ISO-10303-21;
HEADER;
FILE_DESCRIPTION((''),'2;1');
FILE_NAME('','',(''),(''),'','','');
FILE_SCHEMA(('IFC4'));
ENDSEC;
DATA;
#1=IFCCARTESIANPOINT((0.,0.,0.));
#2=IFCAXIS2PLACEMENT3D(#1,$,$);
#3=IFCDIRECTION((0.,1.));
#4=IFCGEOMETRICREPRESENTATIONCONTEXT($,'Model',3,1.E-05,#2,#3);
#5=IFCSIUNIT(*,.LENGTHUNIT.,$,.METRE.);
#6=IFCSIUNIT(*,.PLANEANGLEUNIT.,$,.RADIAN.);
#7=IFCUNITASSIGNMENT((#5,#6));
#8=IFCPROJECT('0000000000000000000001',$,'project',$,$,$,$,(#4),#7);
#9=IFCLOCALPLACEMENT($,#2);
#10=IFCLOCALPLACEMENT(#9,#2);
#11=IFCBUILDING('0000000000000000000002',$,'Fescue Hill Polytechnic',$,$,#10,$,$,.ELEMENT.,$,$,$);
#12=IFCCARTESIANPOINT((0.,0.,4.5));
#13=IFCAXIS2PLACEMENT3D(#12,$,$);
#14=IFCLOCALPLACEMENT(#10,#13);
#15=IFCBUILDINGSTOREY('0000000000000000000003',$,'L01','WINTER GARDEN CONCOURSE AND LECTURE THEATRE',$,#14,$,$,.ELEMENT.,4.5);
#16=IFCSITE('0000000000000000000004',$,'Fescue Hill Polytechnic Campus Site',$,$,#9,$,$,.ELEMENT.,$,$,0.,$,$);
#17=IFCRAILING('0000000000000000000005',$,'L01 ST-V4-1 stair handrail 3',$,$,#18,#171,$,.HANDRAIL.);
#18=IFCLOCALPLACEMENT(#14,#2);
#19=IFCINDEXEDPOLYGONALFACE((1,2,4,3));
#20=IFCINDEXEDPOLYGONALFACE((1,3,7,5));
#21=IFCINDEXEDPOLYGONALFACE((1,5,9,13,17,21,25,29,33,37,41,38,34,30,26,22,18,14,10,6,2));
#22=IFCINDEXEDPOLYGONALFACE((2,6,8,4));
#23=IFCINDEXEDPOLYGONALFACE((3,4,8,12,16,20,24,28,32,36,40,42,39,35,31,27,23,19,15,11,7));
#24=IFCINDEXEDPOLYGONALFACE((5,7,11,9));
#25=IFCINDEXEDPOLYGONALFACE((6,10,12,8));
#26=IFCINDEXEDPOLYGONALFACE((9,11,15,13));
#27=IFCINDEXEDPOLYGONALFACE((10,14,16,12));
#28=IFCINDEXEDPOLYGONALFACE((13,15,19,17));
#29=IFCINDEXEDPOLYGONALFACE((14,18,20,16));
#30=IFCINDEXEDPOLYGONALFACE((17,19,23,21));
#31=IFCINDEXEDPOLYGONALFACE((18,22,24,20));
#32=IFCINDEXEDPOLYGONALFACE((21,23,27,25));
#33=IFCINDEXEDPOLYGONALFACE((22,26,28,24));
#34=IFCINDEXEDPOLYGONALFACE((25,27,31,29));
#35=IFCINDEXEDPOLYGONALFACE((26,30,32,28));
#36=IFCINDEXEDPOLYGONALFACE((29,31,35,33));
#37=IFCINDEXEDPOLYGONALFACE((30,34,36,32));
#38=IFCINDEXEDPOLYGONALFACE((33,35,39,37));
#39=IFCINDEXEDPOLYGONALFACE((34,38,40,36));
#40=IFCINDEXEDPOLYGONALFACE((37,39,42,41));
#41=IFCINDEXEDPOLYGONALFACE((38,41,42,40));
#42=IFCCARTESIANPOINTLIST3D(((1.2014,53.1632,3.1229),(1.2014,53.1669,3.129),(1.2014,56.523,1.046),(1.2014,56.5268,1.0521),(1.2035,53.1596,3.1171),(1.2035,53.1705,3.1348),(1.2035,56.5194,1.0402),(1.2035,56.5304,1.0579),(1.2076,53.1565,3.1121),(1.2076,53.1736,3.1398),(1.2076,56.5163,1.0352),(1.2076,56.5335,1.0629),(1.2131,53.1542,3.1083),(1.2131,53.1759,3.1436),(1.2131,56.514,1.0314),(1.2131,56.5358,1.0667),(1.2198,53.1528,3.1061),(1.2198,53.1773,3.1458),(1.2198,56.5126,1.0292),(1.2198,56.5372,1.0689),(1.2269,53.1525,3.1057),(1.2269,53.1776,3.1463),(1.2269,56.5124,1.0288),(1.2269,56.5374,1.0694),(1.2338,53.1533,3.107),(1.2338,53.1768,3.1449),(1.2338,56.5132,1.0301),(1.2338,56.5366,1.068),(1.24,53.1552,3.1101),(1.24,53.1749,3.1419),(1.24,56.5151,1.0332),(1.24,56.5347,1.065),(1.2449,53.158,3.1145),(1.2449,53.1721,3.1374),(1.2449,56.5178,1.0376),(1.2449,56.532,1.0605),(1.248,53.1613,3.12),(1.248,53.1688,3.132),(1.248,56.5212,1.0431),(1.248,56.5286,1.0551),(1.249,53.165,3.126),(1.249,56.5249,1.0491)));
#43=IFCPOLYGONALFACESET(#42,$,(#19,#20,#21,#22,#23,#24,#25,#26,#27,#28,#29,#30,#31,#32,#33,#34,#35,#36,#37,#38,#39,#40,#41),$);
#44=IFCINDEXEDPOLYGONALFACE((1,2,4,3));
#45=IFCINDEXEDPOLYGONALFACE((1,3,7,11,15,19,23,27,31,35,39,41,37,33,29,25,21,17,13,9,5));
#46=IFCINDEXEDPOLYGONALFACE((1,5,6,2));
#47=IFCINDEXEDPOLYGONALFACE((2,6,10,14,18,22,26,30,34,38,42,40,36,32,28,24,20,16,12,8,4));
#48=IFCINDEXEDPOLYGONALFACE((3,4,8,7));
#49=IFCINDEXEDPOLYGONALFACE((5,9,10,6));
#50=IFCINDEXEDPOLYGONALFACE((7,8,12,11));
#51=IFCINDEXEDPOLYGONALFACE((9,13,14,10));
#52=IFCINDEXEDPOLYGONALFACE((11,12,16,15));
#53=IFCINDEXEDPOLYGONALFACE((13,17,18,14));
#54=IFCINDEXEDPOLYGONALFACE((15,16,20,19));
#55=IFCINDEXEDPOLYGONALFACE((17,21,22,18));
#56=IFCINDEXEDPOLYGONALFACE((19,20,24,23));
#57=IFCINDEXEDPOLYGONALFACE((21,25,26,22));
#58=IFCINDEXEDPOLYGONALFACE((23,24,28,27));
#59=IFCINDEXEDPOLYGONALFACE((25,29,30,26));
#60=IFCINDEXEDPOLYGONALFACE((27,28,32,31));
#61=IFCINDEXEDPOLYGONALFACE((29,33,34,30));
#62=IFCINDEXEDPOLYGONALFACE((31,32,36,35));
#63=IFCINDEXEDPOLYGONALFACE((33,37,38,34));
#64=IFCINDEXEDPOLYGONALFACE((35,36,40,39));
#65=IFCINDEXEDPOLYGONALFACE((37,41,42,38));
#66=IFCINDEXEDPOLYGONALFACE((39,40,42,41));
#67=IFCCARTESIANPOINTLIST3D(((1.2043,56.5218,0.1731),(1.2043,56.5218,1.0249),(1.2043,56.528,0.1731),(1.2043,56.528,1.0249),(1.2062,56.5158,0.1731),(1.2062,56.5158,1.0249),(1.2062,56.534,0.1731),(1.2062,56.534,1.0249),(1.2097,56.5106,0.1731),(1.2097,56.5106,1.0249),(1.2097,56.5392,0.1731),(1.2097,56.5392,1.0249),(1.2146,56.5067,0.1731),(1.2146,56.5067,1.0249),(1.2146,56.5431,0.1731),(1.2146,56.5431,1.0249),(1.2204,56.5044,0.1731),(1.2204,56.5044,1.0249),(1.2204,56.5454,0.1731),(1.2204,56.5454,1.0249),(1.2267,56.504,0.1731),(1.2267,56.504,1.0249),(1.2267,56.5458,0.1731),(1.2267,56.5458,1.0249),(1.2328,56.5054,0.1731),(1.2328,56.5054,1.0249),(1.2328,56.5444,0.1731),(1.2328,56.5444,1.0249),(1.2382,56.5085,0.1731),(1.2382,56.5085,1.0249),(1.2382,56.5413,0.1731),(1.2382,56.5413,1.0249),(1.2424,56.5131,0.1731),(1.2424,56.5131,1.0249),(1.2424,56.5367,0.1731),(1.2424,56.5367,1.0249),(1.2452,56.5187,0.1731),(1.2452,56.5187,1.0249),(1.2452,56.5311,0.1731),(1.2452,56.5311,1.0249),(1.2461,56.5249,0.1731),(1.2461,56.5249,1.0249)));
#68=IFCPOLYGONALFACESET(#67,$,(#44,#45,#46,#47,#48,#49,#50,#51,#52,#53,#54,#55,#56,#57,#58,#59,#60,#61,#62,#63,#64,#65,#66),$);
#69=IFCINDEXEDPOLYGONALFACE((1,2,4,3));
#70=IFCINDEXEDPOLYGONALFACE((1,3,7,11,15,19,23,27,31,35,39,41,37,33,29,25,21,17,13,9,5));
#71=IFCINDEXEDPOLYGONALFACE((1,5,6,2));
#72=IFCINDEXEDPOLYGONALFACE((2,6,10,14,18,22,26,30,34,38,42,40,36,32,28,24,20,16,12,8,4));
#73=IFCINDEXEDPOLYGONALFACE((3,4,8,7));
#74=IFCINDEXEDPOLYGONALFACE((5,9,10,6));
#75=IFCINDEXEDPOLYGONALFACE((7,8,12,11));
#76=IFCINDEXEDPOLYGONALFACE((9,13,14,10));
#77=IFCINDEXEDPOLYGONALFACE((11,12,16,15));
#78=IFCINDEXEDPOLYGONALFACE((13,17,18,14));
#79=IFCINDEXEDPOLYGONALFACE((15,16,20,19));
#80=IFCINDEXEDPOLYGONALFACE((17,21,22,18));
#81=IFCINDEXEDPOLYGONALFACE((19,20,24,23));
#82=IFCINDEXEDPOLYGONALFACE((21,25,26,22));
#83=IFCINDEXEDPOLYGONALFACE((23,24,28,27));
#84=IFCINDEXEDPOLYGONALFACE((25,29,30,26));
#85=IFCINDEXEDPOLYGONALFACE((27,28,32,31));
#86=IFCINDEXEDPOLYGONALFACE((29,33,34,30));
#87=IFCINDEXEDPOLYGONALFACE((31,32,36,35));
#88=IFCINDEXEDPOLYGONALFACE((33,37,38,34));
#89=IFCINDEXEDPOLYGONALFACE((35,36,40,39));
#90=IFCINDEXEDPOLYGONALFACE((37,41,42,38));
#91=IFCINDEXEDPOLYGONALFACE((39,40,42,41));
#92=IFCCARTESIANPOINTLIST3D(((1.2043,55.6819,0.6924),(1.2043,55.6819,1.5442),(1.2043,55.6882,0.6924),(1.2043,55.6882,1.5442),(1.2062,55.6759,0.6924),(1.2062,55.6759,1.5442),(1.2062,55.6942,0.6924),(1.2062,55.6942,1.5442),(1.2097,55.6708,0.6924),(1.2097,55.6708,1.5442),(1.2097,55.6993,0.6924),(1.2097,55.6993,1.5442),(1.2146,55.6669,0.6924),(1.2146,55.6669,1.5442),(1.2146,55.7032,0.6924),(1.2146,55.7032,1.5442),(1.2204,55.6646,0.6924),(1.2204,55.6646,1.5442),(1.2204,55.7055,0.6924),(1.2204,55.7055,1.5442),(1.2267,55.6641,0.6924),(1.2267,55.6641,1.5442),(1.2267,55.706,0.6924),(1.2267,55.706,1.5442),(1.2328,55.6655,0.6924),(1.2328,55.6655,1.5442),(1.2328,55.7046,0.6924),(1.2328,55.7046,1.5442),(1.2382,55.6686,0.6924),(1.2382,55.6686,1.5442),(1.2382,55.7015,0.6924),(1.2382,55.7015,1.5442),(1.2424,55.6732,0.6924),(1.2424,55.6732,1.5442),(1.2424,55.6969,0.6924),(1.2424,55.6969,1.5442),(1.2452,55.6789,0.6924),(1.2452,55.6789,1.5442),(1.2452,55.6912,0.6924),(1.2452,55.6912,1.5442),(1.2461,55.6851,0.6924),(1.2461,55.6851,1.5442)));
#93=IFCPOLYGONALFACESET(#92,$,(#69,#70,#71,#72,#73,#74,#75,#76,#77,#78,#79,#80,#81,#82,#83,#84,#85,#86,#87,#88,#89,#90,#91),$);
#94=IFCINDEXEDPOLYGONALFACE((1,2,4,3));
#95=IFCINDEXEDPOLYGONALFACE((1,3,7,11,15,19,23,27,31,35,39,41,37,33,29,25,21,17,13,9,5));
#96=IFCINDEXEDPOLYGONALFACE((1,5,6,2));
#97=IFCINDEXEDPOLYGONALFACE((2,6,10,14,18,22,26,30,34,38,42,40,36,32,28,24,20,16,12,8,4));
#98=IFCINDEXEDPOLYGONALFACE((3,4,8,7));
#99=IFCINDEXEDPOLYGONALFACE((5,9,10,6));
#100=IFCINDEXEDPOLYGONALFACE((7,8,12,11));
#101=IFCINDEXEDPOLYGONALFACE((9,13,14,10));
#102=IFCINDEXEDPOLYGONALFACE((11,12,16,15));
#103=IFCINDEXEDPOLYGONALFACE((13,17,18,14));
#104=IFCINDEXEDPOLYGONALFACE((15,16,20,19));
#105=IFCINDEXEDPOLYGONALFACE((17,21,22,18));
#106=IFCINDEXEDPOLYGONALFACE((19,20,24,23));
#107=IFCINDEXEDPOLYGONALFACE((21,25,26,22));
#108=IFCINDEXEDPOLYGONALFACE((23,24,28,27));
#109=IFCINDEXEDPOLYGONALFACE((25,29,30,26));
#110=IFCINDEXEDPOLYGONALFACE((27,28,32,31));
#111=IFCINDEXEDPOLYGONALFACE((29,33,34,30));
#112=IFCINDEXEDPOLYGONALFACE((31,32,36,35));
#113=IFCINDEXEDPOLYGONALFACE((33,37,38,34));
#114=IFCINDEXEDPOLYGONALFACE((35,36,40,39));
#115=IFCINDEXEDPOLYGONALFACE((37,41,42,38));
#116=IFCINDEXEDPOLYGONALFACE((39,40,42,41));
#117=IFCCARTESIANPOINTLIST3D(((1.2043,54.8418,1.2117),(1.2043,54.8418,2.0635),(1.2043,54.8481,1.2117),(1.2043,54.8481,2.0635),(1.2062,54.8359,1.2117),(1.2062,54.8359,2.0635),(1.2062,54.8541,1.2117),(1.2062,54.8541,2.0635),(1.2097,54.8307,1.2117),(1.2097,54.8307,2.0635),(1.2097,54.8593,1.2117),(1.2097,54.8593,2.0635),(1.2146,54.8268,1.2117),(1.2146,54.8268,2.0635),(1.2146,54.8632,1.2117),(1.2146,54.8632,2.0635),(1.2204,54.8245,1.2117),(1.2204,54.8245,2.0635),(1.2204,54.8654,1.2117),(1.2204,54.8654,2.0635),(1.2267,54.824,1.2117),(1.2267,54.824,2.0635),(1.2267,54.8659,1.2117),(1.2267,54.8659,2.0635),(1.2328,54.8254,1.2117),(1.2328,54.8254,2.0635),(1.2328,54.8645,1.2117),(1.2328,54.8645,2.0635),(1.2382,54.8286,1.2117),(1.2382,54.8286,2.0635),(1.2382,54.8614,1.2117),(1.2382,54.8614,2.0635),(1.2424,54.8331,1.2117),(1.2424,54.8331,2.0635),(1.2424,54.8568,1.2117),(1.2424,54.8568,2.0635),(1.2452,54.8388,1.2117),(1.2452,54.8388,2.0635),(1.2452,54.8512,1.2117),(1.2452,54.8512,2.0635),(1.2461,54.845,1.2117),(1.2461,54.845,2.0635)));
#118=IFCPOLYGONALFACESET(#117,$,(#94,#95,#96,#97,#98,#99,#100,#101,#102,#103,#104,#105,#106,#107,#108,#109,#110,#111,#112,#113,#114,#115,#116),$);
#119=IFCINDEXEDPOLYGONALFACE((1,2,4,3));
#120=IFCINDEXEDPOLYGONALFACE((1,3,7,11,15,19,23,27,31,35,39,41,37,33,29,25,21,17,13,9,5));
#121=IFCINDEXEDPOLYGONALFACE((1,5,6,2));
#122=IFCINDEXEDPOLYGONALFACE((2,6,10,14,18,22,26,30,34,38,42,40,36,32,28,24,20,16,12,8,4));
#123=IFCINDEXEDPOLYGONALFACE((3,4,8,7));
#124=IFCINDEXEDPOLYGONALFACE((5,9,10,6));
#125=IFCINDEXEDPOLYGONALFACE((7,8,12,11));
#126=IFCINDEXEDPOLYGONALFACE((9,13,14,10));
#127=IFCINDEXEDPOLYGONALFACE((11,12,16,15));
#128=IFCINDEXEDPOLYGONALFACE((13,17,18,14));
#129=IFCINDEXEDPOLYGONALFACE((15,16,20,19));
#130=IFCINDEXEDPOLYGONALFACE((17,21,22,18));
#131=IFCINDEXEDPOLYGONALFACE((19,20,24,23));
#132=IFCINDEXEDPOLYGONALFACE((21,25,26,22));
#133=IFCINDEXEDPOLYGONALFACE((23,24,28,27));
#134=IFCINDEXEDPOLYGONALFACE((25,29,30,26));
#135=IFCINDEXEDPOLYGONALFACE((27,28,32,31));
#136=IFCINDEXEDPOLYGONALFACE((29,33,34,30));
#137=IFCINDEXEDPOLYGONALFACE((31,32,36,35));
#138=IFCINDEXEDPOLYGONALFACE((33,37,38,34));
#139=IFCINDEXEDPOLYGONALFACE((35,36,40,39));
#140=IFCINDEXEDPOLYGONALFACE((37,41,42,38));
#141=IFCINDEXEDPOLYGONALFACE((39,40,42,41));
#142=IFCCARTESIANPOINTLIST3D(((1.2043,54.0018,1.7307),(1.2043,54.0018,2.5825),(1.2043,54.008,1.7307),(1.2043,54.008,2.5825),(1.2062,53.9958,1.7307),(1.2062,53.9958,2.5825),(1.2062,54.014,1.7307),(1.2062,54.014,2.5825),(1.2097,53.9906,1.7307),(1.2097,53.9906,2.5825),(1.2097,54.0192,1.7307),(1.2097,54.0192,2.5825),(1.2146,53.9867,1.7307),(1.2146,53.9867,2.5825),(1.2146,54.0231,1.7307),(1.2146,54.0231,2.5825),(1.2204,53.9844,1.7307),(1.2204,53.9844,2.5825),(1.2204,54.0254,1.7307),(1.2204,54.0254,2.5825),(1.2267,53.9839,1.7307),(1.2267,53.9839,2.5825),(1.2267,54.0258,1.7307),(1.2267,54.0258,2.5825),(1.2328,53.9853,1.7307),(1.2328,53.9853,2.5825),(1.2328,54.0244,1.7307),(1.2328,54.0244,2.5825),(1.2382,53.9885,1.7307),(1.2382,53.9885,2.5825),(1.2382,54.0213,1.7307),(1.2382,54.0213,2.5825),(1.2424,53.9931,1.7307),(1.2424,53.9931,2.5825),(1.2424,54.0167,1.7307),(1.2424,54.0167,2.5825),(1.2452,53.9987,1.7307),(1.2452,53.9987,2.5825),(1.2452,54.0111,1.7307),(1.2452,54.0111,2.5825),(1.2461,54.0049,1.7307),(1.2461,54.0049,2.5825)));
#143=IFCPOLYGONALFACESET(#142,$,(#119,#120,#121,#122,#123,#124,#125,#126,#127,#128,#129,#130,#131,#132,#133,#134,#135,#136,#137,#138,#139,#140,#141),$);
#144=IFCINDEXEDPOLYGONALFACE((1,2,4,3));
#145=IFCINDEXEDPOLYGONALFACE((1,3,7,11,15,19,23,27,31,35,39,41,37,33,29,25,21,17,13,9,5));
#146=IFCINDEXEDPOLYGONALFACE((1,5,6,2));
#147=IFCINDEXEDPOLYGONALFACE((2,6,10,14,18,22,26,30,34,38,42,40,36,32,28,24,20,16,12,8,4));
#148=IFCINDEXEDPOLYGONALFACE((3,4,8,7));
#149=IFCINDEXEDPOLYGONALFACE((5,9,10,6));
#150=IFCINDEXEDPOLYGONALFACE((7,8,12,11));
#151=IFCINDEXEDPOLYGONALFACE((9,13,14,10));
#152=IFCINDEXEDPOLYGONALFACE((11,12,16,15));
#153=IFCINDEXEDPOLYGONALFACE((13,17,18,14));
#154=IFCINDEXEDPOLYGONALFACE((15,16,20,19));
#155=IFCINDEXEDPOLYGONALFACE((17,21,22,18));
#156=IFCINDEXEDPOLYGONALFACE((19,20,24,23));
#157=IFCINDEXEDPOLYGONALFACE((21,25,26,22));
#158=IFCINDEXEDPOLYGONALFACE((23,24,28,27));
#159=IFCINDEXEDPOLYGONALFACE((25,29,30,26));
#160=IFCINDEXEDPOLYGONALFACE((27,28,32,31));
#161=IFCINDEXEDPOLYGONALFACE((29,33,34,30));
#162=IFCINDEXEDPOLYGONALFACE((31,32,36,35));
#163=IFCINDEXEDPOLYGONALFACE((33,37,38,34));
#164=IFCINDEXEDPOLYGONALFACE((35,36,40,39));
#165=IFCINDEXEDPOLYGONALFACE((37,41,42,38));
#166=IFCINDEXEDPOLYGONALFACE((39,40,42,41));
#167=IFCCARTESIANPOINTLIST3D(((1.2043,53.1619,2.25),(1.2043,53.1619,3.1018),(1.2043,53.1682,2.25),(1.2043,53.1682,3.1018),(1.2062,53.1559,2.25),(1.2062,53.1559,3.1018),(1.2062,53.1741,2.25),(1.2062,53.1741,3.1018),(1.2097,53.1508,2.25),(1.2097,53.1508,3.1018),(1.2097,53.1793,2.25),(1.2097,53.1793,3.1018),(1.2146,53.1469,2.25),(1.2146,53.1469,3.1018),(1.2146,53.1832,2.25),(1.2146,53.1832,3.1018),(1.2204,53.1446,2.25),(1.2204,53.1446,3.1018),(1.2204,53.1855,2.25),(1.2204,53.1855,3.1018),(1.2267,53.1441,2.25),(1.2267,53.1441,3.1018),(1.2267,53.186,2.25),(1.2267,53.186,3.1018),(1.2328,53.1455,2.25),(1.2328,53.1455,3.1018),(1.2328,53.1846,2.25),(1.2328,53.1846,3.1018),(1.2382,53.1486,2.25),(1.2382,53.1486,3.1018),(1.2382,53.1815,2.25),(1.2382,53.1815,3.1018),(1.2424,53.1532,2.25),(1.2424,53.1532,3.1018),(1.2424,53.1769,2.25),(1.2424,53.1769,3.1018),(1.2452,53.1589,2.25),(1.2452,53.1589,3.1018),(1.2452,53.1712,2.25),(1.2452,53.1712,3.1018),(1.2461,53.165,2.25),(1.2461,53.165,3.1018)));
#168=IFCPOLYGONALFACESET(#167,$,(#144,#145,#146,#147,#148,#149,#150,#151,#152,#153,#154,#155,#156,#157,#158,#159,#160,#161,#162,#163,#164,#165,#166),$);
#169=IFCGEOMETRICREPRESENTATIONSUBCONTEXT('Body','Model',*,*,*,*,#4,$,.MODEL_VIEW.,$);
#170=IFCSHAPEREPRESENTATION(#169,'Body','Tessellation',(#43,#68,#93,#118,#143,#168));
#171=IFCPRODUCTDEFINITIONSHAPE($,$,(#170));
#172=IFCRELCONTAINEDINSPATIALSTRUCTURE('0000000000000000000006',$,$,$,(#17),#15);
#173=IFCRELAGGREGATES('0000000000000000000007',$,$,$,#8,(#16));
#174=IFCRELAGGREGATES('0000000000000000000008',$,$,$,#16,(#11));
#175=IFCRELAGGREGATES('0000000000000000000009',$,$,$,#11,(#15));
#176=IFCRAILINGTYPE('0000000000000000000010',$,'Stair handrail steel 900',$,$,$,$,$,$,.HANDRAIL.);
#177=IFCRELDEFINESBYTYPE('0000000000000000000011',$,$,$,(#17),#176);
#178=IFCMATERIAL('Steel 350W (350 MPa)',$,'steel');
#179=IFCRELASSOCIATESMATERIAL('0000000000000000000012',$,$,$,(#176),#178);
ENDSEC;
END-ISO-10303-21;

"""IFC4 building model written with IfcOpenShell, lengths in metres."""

from ifc_helpers import new_model, si_unit, direction, frame, origin, origin_2d, place, context, subcontext, project, spatial, circle, extrude, material, type_object, element, save


model = new_model("IFC4")

# Units and contexts
model_context = context("Model", 3, precision=1e-05, world=origin(), true_north=direction((0.0, 1.0)))
body_context = subcontext(model_context, "Body", "Model", "MODEL_VIEW")
ifc_project = project(units=[si_unit("LENGTHUNIT", "METRE"), si_unit("PLANEANGLEUNIT", "RADIAN")], contexts=[model_context])

# Site, building, storey
site_placement = place(None, origin())
site = spatial("IfcSite", under=ifc_project, at=site_placement, Name="Fescue Hill Polytechnic Campus Site", CompositionType="ELEMENT", RefElevation=0.0)
building_placement = place(site_placement, origin())
building = spatial("IfcBuilding", under=site, at=building_placement, Name="Fescue Hill Polytechnic", CompositionType="ELEMENT")
storey_placement = place(building_placement, frame((0.0, 0.0, 4.5)))
storey = spatial("IfcBuildingStorey", under=building, at=storey_placement, Name="L01", Description="WINTER GARDEN CONCOURSE AND LECTURE THEATRE", CompositionType="ELEMENT", Elevation=4.5)

# Railing
ifc_material_1 = material(Name="Steel 350W (350 MPa)", Category="steel")
railing_type_1 = type_object("IfcRailingType", Name="Stair handrail steel 900", PredefinedType="HANDRAIL", material=ifc_material_1)
for number, where, name in (
    (1, (1.2251, 56.5249, 0.1731), "L01 ST-V4-1 stair handrail 3"),
):
    element("IfcRailing", number, at=place(storey_placement, frame(where)), inside=storey, type_object=railing_type_1, Name=name, PredefinedType="HANDRAIL", context=body_context, shape_type="SweptSolid", body=[
        extrude(circle(Radius=0.0239, at=origin_2d()), frame((0.0, 0.0, 0.876), z_axis=(0.0, -0.850606, 0.525803), x_axis=(1.0, 0.0, 0.0)), (0.0, 0.0, 1.0), 3.95),
        extrude(circle(Radius=0.021, at=origin_2d()), origin(), (0.0, 0.0, 1.0), 0.8518),
        extrude(circle(Radius=0.021, at=origin_2d()), frame((0.0, -0.8398, 0.5193)), (0.0, 0.0, 1.0), 0.8518),
        extrude(circle(Radius=0.021, at=origin_2d()), frame((0.0, -1.6799, 1.0386)), (0.0, 0.0, 1.0), 0.8518),
        extrude(circle(Radius=0.021, at=origin_2d()), frame((0.0, -2.52, 1.5576)), (0.0, 0.0, 1.0), 0.8518),
        extrude(circle(Radius=0.021, at=origin_2d()), frame((0.0, -3.3599, 2.0769)), (0.0, 0.0, 1.0), 0.8518),
    ])

save(model, "model.ifc")
